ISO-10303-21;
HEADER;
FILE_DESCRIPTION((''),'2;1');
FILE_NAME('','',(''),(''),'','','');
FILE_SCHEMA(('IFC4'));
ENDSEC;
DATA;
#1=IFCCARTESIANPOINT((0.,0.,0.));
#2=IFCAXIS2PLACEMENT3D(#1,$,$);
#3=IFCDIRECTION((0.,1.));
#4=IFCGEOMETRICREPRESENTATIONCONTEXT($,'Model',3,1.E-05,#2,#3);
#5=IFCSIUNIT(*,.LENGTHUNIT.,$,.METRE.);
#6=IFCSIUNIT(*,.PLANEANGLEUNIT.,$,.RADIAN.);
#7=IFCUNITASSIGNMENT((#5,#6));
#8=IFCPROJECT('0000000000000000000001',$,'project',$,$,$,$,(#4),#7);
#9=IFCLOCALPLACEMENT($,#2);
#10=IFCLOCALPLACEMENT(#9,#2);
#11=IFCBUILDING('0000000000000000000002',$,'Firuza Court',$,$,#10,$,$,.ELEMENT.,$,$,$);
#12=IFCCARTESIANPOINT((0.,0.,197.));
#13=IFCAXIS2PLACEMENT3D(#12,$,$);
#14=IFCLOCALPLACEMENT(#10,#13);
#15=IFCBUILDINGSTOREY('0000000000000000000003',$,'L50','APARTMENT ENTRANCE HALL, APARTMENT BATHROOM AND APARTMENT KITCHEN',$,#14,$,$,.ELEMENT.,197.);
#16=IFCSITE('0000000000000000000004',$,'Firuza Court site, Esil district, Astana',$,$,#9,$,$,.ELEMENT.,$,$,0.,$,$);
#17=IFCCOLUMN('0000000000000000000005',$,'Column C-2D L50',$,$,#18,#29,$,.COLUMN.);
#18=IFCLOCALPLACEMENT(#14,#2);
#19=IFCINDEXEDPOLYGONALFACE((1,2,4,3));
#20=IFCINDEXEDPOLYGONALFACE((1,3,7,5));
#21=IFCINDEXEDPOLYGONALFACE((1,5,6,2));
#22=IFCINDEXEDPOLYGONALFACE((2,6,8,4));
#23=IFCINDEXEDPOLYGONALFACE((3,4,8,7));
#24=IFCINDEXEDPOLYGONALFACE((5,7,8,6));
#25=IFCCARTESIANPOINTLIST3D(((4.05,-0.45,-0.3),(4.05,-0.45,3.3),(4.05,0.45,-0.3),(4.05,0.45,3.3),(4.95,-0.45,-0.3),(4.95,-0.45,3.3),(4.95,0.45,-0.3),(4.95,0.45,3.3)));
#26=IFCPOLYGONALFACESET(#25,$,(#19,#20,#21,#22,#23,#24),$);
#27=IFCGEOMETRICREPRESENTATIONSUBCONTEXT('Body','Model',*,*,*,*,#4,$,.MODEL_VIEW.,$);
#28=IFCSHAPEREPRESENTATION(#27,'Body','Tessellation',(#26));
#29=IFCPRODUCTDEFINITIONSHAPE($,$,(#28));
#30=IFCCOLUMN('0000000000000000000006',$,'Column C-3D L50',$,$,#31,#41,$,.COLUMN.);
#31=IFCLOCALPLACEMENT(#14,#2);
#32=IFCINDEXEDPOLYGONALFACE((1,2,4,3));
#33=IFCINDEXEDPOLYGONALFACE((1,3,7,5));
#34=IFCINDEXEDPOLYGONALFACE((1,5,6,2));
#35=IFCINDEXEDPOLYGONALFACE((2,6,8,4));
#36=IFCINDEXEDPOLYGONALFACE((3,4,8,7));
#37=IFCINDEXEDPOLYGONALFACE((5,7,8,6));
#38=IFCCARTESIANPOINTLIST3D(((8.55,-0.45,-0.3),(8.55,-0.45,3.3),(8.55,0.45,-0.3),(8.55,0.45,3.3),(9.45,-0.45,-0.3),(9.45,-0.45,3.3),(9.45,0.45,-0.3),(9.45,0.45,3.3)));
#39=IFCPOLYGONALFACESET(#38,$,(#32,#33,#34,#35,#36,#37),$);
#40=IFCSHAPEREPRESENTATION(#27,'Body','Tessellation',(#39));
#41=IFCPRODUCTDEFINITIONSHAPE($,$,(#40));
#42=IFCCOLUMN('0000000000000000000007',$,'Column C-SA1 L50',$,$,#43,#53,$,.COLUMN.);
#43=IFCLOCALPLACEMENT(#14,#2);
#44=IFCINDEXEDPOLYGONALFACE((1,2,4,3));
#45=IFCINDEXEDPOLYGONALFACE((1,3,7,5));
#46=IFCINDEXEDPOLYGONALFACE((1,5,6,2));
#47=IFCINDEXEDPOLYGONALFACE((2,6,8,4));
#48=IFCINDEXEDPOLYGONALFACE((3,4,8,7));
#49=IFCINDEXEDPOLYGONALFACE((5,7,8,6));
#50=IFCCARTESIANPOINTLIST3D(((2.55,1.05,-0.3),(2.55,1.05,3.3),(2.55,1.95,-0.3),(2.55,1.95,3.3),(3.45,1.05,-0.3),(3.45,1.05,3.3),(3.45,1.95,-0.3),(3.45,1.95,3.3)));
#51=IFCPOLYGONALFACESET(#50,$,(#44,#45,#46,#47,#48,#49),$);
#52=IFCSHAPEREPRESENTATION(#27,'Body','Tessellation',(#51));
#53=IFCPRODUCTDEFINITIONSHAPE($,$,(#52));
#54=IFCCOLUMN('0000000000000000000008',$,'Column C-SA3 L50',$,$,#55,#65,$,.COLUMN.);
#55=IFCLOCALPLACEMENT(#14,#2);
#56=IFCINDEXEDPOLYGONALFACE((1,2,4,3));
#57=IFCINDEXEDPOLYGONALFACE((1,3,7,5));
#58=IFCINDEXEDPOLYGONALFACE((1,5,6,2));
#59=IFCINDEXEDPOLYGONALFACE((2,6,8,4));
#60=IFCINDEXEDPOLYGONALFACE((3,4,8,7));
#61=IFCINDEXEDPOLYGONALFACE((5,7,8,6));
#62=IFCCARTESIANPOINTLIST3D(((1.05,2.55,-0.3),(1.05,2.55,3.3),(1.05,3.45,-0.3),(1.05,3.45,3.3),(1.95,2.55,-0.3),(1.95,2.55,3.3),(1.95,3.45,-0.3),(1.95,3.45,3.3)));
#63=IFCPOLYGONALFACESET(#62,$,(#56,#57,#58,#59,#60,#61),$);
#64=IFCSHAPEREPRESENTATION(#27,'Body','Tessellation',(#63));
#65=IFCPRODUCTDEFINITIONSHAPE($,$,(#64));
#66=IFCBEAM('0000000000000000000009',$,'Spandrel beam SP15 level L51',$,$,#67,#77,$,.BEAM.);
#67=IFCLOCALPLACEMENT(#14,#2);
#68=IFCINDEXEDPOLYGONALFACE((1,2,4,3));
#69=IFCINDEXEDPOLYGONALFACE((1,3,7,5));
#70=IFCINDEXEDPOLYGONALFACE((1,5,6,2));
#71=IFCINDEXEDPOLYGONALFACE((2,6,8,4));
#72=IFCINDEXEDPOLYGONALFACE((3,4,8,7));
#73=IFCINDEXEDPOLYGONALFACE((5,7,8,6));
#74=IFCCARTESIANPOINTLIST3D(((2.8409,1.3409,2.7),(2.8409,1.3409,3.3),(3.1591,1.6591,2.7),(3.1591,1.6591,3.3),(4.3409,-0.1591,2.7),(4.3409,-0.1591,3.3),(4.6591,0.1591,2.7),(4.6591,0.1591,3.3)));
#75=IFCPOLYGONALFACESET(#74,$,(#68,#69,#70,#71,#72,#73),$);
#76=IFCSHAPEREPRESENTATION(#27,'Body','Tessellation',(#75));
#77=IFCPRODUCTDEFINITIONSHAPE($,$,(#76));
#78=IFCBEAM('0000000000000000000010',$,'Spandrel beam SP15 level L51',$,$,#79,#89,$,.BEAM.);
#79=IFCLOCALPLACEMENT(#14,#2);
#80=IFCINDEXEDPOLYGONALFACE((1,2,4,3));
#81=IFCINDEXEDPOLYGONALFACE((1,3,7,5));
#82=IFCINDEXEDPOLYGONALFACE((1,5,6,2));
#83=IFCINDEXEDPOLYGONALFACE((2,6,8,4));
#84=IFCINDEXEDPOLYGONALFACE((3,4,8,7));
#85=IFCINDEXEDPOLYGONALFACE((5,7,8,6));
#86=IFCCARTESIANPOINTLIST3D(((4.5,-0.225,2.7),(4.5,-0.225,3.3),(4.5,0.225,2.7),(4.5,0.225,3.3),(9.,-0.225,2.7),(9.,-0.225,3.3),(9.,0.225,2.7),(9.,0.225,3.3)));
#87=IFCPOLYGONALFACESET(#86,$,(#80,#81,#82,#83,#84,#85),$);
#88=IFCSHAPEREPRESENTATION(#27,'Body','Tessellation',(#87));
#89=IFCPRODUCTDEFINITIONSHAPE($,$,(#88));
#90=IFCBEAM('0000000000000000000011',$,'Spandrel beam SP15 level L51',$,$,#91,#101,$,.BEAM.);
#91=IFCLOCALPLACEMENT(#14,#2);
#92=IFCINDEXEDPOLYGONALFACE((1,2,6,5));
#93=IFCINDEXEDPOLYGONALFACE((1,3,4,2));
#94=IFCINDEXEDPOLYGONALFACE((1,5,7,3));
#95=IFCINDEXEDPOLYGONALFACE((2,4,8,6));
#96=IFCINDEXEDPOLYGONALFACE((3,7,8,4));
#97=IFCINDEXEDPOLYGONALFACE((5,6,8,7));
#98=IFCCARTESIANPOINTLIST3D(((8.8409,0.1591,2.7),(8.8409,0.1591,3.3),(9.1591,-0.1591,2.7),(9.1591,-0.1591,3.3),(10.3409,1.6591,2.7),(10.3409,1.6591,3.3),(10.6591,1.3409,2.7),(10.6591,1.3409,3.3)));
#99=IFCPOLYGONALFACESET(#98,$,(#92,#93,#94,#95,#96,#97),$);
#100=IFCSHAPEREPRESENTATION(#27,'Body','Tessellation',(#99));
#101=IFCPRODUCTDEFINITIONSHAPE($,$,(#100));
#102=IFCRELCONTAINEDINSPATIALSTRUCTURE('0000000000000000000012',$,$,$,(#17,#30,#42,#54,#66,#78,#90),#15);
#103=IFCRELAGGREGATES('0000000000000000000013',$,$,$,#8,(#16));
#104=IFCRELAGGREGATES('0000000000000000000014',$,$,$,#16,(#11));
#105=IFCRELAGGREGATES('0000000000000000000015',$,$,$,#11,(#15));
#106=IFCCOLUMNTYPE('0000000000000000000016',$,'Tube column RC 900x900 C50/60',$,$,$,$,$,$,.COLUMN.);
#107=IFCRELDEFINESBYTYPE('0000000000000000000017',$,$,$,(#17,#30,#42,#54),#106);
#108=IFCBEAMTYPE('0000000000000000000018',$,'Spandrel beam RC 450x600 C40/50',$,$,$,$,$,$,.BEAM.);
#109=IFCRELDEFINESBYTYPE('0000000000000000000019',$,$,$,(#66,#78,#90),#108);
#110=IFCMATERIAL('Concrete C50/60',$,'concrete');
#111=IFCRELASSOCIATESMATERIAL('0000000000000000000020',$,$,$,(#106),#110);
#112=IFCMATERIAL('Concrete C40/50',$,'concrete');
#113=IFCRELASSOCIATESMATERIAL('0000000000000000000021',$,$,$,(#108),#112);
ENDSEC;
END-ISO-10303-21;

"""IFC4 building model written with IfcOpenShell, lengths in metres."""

from ifc_helpers import new_model, si_unit, direction, frame, origin, origin_2d, place, context, subcontext, project, spatial, rectangle, extrude, material, material_profile, profile_set, type_object, element, save


model = new_model("IFC4")

# Units and contexts
model_context = context("Model", 3, precision=1e-05, world=origin(), true_north=direction((0.0, 1.0)))
body_context = subcontext(model_context, "Body", "Model", "MODEL_VIEW")
ifc_project = project(units=[si_unit("LENGTHUNIT", "METRE"), si_unit("PLANEANGLEUNIT", "RADIAN")], contexts=[model_context])

# Site, building, storey
site_placement = place(None, origin())
site = spatial("IfcSite", under=ifc_project, at=site_placement, Name="Firuza Court site, Esil district, Astana", CompositionType="ELEMENT", RefElevation=0.0)
building_placement = place(site_placement, origin())
building = spatial("IfcBuilding", under=site, at=building_placement, Name="Firuza Court", CompositionType="ELEMENT")
storey_placement = place(building_placement, frame((0.0, 0.0, 197.0)))
storey = spatial("IfcBuildingStorey", under=building, at=storey_placement, Name="L50", Description="APARTMENT ENTRANCE HALL, APARTMENT BATHROOM AND APARTMENT KITCHEN", CompositionType="ELEMENT", Elevation=197.0)

# Columns
ifc_material_1 = material(Name="Concrete C50/60", Category="concrete")
ifc_material_profile_1 = material_profile(ifc_material_1, rectangle(XDim=0.8999, YDim=0.8999, at=origin_2d()), Name="RC 900x900")
ifc_profile_set_1 = profile_set([ifc_material_profile_1], Name="Concrete C50/60")
column_type = type_object("IfcColumnType", Name="Tube column RC 900x900 C50/60", PredefinedType="COLUMN", material=ifc_profile_set_1)
for number, where, z_axis, x_axis, name in (
    (1, (4.5, 0.0, -0.3), (0.0, 0.0, 1.0), (1.0, 0.0, 0.0), "Column C-2D L50"),
    (2, (9.0, 0.0, -0.3), (0.0, 0.0, 1.0), (1.0, 0.0, 0.0), "Column C-3D L50"),
    (3, (3.0, 1.5, -0.3), (0.0, 0.0, 1.0), (1.0, 0.0, 0.0), "Column C-SA1 L50"),
    (4, (1.5, 3.0, -0.3), (0.0, 0.0, 1.0), (1.0, 0.0, 0.0), "Column C-SA3 L50"),
):
    element("IfcColumn", number, at=place(storey_placement, frame(where, z_axis=z_axis, x_axis=x_axis)), inside=storey, type_object=column_type, Name=name, PredefinedType="COLUMN", context=body_context, shape_type="SweptSolid", body=[
        extrude(rectangle(XDim=0.8999, YDim=0.8999, at=origin_2d()), origin(), (0.0, 0.0, 1.0), 3.6001),
    ])

# Beams
ifc_material_2 = material(Name="Concrete C40/50", Category="concrete")
ifc_material_profile_2 = material_profile(ifc_material_2, rectangle(XDim=0.45, YDim=0.6001, at=origin_2d()), Name="RC 450x600")
ifc_profile_set_2 = profile_set([ifc_material_profile_2], Name="Concrete C40/50")
beam_type = type_object("IfcBeamType", Name="Spandrel beam RC 450x600 C40/50", PredefinedType="BEAM", material=ifc_profile_set_2)
beam_1_placement = place(storey_placement, frame((3.0, 1.5, 3.0), z_axis=(0.707107, -0.707107, 0.0), x_axis=(0.707107, 0.707107, 0.0)))
element("IfcBeam", 5, at=beam_1_placement, inside=storey, type_object=beam_type, Name="Spandrel beam SP15 level L51", PredefinedType="BEAM", context=body_context, shape_type="SweptSolid", body=[
    extrude(rectangle(XDim=0.45, YDim=0.6001, at=origin_2d()), origin(), (0.0, 0.0, 1.0), 2.1213),
])
beam_2_placement = place(storey_placement, frame((4.5, 0.0, 3.0), z_axis=(1.0, 0.0, 0.0), x_axis=(0.0, 1.0, 0.0)))
element("IfcBeam", 6, at=beam_2_placement, inside=storey, type_object=beam_type, Name="Spandrel beam SP15 level L51", PredefinedType="BEAM", context=body_context, shape_type="SweptSolid", body=[
    extrude(rectangle(XDim=0.45, YDim=0.6001, at=origin_2d()), origin(), (0.0, 0.0, 1.0), 4.5),
])
beam_3_placement = place(storey_placement, frame((9.0, 0.0, 3.0), z_axis=(0.707107, 0.707107, 0.0), x_axis=(-0.707107, 0.707107, 0.0)))
element("IfcBeam", 7, at=beam_3_placement, inside=storey, type_object=beam_type, Name="Spandrel beam SP15 level L51", PredefinedType="BEAM", context=body_context, shape_type="SweptSolid", body=[
    extrude(rectangle(XDim=0.45, YDim=0.6001, at=origin_2d()), origin(), (0.0, 0.0, 1.0), 2.1213),
])

save(model, "model.ifc")
